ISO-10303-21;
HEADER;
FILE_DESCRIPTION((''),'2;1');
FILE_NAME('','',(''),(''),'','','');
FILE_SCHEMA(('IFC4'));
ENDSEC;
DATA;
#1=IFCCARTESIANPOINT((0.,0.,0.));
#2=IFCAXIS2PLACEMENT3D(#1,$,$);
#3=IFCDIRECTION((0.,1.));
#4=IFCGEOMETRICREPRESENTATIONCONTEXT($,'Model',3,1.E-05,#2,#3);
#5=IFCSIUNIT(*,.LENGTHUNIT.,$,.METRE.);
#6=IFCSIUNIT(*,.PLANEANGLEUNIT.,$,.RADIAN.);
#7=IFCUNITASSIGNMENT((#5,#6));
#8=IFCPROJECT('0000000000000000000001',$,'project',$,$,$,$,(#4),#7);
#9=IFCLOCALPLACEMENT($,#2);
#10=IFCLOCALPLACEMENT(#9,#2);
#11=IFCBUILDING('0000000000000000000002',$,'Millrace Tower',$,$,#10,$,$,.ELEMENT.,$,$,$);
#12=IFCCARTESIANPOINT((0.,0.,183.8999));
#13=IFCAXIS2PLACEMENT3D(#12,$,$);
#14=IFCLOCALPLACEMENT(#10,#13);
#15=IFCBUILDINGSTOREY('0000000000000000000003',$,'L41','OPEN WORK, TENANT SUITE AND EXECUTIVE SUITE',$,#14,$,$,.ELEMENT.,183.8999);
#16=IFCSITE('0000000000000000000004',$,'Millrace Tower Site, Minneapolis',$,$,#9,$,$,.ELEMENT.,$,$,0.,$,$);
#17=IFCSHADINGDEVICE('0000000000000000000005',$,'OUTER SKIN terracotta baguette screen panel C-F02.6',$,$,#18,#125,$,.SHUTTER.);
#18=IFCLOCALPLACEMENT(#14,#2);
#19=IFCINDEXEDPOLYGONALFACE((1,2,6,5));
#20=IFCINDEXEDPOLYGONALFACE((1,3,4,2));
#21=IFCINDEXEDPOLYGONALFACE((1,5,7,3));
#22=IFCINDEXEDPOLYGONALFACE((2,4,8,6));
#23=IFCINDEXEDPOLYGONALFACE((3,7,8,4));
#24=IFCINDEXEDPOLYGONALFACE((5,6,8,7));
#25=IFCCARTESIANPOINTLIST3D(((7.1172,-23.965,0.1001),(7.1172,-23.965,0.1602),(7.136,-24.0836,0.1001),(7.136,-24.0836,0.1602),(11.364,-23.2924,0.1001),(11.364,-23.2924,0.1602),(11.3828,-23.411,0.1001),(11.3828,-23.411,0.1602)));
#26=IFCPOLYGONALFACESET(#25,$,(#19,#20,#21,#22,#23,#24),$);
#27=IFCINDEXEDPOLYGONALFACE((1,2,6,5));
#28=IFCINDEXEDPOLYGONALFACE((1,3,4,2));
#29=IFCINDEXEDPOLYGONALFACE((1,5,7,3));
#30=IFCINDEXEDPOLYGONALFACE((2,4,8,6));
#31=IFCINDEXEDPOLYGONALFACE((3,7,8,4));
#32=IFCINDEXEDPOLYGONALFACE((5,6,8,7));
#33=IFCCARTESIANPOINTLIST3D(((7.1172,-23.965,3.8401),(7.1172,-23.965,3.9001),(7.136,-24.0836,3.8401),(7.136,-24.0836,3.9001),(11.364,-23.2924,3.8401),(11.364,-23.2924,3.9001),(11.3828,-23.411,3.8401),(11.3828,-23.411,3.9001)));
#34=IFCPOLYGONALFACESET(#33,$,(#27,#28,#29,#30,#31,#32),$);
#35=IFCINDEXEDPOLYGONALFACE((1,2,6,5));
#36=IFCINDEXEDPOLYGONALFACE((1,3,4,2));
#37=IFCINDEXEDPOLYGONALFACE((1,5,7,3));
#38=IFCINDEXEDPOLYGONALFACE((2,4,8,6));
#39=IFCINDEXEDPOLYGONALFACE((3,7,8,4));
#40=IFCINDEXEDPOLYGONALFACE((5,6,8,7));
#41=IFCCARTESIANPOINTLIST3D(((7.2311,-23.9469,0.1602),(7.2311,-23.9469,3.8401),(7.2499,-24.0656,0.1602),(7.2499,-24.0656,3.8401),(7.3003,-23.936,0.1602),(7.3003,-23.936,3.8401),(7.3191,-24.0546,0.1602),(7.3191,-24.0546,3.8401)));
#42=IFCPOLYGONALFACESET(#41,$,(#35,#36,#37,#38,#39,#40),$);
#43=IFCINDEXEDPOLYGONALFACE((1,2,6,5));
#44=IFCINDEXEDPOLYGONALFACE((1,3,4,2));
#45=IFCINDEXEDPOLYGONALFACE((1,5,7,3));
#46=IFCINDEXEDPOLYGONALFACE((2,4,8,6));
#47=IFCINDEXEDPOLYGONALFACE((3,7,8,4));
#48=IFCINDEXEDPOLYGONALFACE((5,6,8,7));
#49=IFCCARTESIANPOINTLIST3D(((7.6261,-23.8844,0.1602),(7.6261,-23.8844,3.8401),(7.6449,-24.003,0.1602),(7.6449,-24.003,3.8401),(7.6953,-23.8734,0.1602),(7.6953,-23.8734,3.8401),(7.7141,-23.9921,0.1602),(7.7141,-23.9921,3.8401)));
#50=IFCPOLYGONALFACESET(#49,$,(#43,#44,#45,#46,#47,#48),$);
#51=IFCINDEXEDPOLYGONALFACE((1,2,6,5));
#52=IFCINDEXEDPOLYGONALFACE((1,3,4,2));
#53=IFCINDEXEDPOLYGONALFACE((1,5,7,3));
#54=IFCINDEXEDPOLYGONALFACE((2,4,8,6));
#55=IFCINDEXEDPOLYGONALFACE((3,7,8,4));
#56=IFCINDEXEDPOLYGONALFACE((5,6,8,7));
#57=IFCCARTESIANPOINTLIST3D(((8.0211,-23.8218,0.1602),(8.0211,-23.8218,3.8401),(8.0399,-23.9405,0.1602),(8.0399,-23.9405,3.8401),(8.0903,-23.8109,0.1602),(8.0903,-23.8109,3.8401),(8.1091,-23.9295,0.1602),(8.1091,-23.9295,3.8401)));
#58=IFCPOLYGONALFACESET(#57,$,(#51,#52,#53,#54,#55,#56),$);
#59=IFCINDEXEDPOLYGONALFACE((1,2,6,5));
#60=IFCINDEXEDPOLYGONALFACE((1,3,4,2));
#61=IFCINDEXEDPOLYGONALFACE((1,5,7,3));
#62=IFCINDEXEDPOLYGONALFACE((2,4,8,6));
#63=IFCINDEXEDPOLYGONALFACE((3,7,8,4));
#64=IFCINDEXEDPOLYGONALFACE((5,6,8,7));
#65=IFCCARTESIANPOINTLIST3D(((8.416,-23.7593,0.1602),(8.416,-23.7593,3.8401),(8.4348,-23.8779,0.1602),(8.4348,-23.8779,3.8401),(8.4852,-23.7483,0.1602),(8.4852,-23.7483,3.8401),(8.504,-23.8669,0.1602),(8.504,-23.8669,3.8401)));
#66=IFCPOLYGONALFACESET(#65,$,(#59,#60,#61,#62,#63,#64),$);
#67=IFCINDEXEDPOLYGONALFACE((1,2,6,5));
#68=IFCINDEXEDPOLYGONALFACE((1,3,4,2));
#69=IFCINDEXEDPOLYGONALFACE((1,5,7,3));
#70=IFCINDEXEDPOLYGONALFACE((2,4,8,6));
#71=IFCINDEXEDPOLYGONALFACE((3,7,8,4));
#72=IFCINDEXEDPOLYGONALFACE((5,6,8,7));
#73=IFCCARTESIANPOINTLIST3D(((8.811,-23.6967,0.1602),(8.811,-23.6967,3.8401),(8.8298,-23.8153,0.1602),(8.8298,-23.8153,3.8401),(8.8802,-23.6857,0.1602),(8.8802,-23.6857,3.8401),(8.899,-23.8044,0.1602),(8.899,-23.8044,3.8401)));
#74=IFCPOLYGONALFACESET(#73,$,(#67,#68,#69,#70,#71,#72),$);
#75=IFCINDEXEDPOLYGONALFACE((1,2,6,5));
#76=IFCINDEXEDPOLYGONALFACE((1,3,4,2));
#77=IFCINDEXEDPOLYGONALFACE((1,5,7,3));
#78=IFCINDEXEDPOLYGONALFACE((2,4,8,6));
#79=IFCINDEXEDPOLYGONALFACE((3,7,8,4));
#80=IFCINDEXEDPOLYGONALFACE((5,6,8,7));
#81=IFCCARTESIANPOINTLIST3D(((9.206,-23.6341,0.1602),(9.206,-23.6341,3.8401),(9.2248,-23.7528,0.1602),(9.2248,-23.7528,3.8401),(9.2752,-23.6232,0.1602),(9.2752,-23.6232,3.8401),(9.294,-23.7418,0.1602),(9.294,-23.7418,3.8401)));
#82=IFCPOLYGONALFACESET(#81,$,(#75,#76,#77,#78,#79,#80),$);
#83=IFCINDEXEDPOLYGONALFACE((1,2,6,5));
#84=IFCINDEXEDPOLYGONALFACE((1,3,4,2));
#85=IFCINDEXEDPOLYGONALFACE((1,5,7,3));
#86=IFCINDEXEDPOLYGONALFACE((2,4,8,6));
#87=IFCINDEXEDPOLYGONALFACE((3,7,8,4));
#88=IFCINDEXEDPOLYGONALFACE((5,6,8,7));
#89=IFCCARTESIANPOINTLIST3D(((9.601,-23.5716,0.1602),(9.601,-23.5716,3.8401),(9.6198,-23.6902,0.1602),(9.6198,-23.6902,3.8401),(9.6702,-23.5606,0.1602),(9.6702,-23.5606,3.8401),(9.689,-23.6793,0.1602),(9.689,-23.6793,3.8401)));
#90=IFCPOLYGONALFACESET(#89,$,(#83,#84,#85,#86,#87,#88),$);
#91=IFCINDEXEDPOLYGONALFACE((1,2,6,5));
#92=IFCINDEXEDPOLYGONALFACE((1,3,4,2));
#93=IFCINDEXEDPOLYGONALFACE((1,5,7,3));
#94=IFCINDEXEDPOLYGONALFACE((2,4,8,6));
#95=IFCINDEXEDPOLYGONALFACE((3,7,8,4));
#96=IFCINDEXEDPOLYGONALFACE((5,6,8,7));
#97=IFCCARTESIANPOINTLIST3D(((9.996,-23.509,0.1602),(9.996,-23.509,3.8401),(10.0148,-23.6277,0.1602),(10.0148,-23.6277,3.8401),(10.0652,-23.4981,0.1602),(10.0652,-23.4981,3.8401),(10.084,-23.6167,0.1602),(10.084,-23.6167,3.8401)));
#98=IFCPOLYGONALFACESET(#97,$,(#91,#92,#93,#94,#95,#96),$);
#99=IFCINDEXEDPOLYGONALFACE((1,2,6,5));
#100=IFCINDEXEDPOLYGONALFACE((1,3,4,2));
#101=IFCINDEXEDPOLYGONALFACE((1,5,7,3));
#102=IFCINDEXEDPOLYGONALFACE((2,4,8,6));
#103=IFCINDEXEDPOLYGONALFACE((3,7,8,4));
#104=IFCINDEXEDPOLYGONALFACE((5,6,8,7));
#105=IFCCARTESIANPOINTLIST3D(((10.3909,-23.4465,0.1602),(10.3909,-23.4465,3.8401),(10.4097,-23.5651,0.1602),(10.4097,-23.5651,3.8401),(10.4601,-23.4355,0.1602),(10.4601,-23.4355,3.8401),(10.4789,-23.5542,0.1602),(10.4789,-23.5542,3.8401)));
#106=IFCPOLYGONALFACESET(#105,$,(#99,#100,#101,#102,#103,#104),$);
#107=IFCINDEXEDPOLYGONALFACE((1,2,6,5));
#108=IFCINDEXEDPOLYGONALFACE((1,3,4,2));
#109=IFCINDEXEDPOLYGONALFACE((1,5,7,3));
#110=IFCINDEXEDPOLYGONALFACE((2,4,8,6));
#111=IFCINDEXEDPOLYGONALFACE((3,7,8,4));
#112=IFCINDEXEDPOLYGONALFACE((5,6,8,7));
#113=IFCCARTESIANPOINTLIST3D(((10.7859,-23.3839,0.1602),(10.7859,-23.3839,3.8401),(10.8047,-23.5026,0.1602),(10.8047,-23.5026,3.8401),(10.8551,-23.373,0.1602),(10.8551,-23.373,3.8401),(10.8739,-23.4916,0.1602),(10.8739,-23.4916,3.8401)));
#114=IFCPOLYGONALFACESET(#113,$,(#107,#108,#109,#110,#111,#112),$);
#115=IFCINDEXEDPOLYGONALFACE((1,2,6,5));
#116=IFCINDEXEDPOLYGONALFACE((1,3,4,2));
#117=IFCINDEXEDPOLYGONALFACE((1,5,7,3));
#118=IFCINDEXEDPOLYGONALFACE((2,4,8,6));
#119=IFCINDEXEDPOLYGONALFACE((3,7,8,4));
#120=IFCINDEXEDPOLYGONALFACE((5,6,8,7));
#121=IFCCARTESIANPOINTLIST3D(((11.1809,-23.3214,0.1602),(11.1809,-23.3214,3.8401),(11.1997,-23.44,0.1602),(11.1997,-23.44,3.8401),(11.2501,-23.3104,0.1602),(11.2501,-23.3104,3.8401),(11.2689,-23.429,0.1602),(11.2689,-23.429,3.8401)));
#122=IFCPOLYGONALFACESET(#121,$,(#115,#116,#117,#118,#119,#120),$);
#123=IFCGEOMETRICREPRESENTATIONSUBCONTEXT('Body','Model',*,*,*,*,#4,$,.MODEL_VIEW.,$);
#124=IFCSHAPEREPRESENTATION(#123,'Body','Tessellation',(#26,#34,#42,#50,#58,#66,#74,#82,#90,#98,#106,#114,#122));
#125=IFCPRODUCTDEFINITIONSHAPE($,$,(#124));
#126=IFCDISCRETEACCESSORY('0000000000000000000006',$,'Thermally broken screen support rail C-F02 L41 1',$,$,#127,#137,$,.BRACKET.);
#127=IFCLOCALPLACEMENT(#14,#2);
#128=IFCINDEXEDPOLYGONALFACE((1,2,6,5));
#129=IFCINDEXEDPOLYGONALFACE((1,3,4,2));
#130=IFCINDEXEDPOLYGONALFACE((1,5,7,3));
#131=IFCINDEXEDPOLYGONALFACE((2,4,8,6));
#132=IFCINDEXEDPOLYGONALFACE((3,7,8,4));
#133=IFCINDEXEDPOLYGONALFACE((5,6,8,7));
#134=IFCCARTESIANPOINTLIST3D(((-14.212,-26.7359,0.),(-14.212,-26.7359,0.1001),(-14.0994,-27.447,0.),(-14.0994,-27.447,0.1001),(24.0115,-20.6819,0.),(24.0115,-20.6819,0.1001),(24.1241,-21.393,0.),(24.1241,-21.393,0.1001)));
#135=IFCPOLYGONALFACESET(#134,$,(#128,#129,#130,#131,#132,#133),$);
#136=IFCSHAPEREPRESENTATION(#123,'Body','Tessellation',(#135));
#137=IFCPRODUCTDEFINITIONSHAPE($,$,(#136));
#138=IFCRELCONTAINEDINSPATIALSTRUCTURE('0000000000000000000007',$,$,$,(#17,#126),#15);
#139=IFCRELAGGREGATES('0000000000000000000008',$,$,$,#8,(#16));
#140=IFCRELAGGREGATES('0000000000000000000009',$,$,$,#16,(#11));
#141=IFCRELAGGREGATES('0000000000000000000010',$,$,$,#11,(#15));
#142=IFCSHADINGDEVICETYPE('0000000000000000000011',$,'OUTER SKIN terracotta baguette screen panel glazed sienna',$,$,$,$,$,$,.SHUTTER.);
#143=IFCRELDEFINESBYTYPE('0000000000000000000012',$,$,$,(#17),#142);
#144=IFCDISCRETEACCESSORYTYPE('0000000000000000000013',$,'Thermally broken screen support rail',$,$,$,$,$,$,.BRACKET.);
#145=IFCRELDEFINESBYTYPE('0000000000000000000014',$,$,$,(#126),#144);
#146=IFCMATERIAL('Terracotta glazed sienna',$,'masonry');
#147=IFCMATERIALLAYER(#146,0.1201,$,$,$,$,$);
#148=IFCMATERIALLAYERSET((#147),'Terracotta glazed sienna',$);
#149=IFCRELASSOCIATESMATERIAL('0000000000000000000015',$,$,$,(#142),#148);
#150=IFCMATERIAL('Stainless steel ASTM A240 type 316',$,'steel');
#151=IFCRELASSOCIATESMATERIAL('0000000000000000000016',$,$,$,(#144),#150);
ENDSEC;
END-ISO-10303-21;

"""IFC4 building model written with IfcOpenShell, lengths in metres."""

from ifc_helpers import new_model, entity, si_unit, direction, frame, frame_2d, origin, origin_2d, place, context, subcontext, project, spatial, rectangle, extrude, source, transform, mapped, material, layer, layer_set, type_object, element, save


model = new_model("IFC4")

# Units and contexts
model_context = context("Model", 3, precision=1e-05, world=origin(), true_north=direction((0.0, 1.0)))
body_context = subcontext(model_context, "Body", "Model", "MODEL_VIEW")
ifc_project = project(units=[si_unit("LENGTHUNIT", "METRE"), si_unit("PLANEANGLEUNIT", "RADIAN")], contexts=[model_context])

# Site, building, storey
site_placement = place(None, origin())
site = spatial("IfcSite", under=ifc_project, at=site_placement, Name="Millrace Tower Site, Minneapolis", CompositionType="ELEMENT", RefElevation=0.0)
building_placement = place(site_placement, origin())
building = spatial("IfcBuilding", under=site, at=building_placement, Name="Millrace Tower", CompositionType="ELEMENT")
storey_placement = place(building_placement, frame((0.0, 0.0, 183.8999)))
storey = spatial("IfcBuildingStorey", under=building, at=storey_placement, Name="L41", Description="OPEN WORK, TENANT SUITE AND EXECUTIVE SUITE", CompositionType="ELEMENT", Elevation=183.8999)

# Shading device
ifc_material_1 = material(Name="Terracotta glazed sienna", Category="masonry")
ifc_layer_1 = layer(ifc_material_1, 0.1201)
ifc_layer_set_1 = layer_set([ifc_layer_1], Name="Terracotta glazed sienna")
shading_device_type = type_object("IfcShadingDeviceType", Name="OUTER SKIN terracotta baguette screen panel glazed sienna", PredefinedType="SHUTTER", material=ifc_layer_set_1)
cartesian_point = entity("IfcCartesianPoint", [-2.1499, 0.0601])
shared_polyline = entity("IfcPolyline", [cartesian_point, entity("IfcCartesianPoint", [2.1499, 0.0601]), entity("IfcCartesianPoint", [2.1499, -0.0601]), entity("IfcCartesianPoint", [-2.1499, -0.0601]), cartesian_point])
shared_shape = source(origin(), body_context, "Body", "SweptSolid", [
    entity("IfcExtrudedAreaSolid", entity("IfcArbitraryClosedProfileDef", "AREA", None, shared_polyline), entity("IfcAxis2Placement3D", entity("IfcCartesianPoint", [0.0, 0.0, 0.0])), entity("IfcDirection", [0.0, 0.0, 1.0]), 0.0601),
    entity("IfcExtrudedAreaSolid", entity("IfcArbitraryClosedProfileDef", "AREA", None, shared_polyline), entity("IfcAxis2Placement3D", entity("IfcCartesianPoint", [0.0, 0.0, 3.74])), entity("IfcDirection", [0.0, 0.0, 1.0]), 0.0601),
    extrude(rectangle(XDim=0.0701, YDim=0.1201, at=frame_2d((-1.9995, 0.0))), frame((0.0, 0.0, 0.0601)), (0.0, 0.0, 1.0), 3.6799),
    extrude(rectangle(XDim=0.0701, YDim=0.1201, at=frame_2d((-1.5996, 0.0))), frame((0.0, 0.0, 0.0601)), (0.0, 0.0, 1.0), 3.6799),
    extrude(rectangle(XDim=0.0701, YDim=0.1201, at=frame_2d((-1.1997, 0.0))), frame((0.0, 0.0, 0.0601)), (0.0, 0.0, 1.0), 3.6799),
    extrude(rectangle(XDim=0.0701, YDim=0.1201, at=frame_2d((-0.7998, 0.0))), frame((0.0, 0.0, 0.0601)), (0.0, 0.0, 1.0), 3.6799),
    extrude(rectangle(XDim=0.0701, YDim=0.1201, at=frame_2d((-0.3999, 0.0))), frame((0.0, 0.0, 0.0601)), (0.0, 0.0, 1.0), 3.6799),
    extrude(rectangle(XDim=0.0701, YDim=0.1201, at=origin_2d()), frame((0.0, 0.0, 0.0601)), (0.0, 0.0, 1.0), 3.6799),
    extrude(rectangle(XDim=0.0701, YDim=0.1201, at=frame_2d((0.3999, 0.0))), frame((0.0, 0.0, 0.0601)), (0.0, 0.0, 1.0), 3.6799),
    extrude(rectangle(XDim=0.0701, YDim=0.1201, at=frame_2d((0.7998, 0.0))), frame((0.0, 0.0, 0.0601)), (0.0, 0.0, 1.0), 3.6799),
    extrude(rectangle(XDim=0.0701, YDim=0.1201, at=frame_2d((1.1997, 0.0))), frame((0.0, 0.0, 0.0601)), (0.0, 0.0, 1.0), 3.6799),
    extrude(rectangle(XDim=0.0701, YDim=0.1201, at=frame_2d((1.5996, 0.0))), frame((0.0, 0.0, 0.0601)), (0.0, 0.0, 1.0), 3.6799),
    extrude(rectangle(XDim=0.0701, YDim=0.1201, at=frame_2d((1.9995, 0.0))), frame((0.0, 0.0, 0.0601)), (0.0, 0.0, 1.0), 3.6799),
])
for number, where, z_axis, x_axis, name in (
    (1, (9.25, -23.688, 0.1001), (0.0, 0.0, 1.0), (0.987688, 0.156434, 0.0), "OUTER SKIN terracotta baguette screen panel C-F02.6"),
):
    element("IfcShadingDevice", number, at=place(storey_placement, frame(where, z_axis=z_axis, x_axis=x_axis)), inside=storey, type_object=shading_device_type, Name=name, PredefinedType="SHUTTER", context=body_context, shape_type="MappedRepresentation", body=[
        mapped(shared_shape, transform((0.0, 0.0, 0.0), scale=1.0)),
    ])

# Discrete accessory
ifc_material_2 = material(Name="Stainless steel ASTM A240 type 316", Category="steel")
discrete_accessory_type = type_object("IfcDiscreteAccessoryType", Name="Thermally broken screen support rail", PredefinedType="BRACKET", material=ifc_material_2)
discrete_accessory_placement = place(storey_placement, frame((4.9561, -24.0645, 0.0), z_axis=(0.0, 0.0, 1.0), x_axis=(0.987688, 0.156434, 0.0)))
element("IfcDiscreteAccessory", 2, at=discrete_accessory_placement, inside=storey, type_object=discrete_accessory_type, Name="Thermally broken screen support rail C-F02 L41 1", PredefinedType="BRACKET", context=body_context, shape_type="SweptSolid", body=[
    extrude(rectangle(XDim=38.7, YDim=0.72, at=origin_2d()), origin(), (0.0, 0.0, 1.0), 0.1001),
])

save(model, "model.ifc")
